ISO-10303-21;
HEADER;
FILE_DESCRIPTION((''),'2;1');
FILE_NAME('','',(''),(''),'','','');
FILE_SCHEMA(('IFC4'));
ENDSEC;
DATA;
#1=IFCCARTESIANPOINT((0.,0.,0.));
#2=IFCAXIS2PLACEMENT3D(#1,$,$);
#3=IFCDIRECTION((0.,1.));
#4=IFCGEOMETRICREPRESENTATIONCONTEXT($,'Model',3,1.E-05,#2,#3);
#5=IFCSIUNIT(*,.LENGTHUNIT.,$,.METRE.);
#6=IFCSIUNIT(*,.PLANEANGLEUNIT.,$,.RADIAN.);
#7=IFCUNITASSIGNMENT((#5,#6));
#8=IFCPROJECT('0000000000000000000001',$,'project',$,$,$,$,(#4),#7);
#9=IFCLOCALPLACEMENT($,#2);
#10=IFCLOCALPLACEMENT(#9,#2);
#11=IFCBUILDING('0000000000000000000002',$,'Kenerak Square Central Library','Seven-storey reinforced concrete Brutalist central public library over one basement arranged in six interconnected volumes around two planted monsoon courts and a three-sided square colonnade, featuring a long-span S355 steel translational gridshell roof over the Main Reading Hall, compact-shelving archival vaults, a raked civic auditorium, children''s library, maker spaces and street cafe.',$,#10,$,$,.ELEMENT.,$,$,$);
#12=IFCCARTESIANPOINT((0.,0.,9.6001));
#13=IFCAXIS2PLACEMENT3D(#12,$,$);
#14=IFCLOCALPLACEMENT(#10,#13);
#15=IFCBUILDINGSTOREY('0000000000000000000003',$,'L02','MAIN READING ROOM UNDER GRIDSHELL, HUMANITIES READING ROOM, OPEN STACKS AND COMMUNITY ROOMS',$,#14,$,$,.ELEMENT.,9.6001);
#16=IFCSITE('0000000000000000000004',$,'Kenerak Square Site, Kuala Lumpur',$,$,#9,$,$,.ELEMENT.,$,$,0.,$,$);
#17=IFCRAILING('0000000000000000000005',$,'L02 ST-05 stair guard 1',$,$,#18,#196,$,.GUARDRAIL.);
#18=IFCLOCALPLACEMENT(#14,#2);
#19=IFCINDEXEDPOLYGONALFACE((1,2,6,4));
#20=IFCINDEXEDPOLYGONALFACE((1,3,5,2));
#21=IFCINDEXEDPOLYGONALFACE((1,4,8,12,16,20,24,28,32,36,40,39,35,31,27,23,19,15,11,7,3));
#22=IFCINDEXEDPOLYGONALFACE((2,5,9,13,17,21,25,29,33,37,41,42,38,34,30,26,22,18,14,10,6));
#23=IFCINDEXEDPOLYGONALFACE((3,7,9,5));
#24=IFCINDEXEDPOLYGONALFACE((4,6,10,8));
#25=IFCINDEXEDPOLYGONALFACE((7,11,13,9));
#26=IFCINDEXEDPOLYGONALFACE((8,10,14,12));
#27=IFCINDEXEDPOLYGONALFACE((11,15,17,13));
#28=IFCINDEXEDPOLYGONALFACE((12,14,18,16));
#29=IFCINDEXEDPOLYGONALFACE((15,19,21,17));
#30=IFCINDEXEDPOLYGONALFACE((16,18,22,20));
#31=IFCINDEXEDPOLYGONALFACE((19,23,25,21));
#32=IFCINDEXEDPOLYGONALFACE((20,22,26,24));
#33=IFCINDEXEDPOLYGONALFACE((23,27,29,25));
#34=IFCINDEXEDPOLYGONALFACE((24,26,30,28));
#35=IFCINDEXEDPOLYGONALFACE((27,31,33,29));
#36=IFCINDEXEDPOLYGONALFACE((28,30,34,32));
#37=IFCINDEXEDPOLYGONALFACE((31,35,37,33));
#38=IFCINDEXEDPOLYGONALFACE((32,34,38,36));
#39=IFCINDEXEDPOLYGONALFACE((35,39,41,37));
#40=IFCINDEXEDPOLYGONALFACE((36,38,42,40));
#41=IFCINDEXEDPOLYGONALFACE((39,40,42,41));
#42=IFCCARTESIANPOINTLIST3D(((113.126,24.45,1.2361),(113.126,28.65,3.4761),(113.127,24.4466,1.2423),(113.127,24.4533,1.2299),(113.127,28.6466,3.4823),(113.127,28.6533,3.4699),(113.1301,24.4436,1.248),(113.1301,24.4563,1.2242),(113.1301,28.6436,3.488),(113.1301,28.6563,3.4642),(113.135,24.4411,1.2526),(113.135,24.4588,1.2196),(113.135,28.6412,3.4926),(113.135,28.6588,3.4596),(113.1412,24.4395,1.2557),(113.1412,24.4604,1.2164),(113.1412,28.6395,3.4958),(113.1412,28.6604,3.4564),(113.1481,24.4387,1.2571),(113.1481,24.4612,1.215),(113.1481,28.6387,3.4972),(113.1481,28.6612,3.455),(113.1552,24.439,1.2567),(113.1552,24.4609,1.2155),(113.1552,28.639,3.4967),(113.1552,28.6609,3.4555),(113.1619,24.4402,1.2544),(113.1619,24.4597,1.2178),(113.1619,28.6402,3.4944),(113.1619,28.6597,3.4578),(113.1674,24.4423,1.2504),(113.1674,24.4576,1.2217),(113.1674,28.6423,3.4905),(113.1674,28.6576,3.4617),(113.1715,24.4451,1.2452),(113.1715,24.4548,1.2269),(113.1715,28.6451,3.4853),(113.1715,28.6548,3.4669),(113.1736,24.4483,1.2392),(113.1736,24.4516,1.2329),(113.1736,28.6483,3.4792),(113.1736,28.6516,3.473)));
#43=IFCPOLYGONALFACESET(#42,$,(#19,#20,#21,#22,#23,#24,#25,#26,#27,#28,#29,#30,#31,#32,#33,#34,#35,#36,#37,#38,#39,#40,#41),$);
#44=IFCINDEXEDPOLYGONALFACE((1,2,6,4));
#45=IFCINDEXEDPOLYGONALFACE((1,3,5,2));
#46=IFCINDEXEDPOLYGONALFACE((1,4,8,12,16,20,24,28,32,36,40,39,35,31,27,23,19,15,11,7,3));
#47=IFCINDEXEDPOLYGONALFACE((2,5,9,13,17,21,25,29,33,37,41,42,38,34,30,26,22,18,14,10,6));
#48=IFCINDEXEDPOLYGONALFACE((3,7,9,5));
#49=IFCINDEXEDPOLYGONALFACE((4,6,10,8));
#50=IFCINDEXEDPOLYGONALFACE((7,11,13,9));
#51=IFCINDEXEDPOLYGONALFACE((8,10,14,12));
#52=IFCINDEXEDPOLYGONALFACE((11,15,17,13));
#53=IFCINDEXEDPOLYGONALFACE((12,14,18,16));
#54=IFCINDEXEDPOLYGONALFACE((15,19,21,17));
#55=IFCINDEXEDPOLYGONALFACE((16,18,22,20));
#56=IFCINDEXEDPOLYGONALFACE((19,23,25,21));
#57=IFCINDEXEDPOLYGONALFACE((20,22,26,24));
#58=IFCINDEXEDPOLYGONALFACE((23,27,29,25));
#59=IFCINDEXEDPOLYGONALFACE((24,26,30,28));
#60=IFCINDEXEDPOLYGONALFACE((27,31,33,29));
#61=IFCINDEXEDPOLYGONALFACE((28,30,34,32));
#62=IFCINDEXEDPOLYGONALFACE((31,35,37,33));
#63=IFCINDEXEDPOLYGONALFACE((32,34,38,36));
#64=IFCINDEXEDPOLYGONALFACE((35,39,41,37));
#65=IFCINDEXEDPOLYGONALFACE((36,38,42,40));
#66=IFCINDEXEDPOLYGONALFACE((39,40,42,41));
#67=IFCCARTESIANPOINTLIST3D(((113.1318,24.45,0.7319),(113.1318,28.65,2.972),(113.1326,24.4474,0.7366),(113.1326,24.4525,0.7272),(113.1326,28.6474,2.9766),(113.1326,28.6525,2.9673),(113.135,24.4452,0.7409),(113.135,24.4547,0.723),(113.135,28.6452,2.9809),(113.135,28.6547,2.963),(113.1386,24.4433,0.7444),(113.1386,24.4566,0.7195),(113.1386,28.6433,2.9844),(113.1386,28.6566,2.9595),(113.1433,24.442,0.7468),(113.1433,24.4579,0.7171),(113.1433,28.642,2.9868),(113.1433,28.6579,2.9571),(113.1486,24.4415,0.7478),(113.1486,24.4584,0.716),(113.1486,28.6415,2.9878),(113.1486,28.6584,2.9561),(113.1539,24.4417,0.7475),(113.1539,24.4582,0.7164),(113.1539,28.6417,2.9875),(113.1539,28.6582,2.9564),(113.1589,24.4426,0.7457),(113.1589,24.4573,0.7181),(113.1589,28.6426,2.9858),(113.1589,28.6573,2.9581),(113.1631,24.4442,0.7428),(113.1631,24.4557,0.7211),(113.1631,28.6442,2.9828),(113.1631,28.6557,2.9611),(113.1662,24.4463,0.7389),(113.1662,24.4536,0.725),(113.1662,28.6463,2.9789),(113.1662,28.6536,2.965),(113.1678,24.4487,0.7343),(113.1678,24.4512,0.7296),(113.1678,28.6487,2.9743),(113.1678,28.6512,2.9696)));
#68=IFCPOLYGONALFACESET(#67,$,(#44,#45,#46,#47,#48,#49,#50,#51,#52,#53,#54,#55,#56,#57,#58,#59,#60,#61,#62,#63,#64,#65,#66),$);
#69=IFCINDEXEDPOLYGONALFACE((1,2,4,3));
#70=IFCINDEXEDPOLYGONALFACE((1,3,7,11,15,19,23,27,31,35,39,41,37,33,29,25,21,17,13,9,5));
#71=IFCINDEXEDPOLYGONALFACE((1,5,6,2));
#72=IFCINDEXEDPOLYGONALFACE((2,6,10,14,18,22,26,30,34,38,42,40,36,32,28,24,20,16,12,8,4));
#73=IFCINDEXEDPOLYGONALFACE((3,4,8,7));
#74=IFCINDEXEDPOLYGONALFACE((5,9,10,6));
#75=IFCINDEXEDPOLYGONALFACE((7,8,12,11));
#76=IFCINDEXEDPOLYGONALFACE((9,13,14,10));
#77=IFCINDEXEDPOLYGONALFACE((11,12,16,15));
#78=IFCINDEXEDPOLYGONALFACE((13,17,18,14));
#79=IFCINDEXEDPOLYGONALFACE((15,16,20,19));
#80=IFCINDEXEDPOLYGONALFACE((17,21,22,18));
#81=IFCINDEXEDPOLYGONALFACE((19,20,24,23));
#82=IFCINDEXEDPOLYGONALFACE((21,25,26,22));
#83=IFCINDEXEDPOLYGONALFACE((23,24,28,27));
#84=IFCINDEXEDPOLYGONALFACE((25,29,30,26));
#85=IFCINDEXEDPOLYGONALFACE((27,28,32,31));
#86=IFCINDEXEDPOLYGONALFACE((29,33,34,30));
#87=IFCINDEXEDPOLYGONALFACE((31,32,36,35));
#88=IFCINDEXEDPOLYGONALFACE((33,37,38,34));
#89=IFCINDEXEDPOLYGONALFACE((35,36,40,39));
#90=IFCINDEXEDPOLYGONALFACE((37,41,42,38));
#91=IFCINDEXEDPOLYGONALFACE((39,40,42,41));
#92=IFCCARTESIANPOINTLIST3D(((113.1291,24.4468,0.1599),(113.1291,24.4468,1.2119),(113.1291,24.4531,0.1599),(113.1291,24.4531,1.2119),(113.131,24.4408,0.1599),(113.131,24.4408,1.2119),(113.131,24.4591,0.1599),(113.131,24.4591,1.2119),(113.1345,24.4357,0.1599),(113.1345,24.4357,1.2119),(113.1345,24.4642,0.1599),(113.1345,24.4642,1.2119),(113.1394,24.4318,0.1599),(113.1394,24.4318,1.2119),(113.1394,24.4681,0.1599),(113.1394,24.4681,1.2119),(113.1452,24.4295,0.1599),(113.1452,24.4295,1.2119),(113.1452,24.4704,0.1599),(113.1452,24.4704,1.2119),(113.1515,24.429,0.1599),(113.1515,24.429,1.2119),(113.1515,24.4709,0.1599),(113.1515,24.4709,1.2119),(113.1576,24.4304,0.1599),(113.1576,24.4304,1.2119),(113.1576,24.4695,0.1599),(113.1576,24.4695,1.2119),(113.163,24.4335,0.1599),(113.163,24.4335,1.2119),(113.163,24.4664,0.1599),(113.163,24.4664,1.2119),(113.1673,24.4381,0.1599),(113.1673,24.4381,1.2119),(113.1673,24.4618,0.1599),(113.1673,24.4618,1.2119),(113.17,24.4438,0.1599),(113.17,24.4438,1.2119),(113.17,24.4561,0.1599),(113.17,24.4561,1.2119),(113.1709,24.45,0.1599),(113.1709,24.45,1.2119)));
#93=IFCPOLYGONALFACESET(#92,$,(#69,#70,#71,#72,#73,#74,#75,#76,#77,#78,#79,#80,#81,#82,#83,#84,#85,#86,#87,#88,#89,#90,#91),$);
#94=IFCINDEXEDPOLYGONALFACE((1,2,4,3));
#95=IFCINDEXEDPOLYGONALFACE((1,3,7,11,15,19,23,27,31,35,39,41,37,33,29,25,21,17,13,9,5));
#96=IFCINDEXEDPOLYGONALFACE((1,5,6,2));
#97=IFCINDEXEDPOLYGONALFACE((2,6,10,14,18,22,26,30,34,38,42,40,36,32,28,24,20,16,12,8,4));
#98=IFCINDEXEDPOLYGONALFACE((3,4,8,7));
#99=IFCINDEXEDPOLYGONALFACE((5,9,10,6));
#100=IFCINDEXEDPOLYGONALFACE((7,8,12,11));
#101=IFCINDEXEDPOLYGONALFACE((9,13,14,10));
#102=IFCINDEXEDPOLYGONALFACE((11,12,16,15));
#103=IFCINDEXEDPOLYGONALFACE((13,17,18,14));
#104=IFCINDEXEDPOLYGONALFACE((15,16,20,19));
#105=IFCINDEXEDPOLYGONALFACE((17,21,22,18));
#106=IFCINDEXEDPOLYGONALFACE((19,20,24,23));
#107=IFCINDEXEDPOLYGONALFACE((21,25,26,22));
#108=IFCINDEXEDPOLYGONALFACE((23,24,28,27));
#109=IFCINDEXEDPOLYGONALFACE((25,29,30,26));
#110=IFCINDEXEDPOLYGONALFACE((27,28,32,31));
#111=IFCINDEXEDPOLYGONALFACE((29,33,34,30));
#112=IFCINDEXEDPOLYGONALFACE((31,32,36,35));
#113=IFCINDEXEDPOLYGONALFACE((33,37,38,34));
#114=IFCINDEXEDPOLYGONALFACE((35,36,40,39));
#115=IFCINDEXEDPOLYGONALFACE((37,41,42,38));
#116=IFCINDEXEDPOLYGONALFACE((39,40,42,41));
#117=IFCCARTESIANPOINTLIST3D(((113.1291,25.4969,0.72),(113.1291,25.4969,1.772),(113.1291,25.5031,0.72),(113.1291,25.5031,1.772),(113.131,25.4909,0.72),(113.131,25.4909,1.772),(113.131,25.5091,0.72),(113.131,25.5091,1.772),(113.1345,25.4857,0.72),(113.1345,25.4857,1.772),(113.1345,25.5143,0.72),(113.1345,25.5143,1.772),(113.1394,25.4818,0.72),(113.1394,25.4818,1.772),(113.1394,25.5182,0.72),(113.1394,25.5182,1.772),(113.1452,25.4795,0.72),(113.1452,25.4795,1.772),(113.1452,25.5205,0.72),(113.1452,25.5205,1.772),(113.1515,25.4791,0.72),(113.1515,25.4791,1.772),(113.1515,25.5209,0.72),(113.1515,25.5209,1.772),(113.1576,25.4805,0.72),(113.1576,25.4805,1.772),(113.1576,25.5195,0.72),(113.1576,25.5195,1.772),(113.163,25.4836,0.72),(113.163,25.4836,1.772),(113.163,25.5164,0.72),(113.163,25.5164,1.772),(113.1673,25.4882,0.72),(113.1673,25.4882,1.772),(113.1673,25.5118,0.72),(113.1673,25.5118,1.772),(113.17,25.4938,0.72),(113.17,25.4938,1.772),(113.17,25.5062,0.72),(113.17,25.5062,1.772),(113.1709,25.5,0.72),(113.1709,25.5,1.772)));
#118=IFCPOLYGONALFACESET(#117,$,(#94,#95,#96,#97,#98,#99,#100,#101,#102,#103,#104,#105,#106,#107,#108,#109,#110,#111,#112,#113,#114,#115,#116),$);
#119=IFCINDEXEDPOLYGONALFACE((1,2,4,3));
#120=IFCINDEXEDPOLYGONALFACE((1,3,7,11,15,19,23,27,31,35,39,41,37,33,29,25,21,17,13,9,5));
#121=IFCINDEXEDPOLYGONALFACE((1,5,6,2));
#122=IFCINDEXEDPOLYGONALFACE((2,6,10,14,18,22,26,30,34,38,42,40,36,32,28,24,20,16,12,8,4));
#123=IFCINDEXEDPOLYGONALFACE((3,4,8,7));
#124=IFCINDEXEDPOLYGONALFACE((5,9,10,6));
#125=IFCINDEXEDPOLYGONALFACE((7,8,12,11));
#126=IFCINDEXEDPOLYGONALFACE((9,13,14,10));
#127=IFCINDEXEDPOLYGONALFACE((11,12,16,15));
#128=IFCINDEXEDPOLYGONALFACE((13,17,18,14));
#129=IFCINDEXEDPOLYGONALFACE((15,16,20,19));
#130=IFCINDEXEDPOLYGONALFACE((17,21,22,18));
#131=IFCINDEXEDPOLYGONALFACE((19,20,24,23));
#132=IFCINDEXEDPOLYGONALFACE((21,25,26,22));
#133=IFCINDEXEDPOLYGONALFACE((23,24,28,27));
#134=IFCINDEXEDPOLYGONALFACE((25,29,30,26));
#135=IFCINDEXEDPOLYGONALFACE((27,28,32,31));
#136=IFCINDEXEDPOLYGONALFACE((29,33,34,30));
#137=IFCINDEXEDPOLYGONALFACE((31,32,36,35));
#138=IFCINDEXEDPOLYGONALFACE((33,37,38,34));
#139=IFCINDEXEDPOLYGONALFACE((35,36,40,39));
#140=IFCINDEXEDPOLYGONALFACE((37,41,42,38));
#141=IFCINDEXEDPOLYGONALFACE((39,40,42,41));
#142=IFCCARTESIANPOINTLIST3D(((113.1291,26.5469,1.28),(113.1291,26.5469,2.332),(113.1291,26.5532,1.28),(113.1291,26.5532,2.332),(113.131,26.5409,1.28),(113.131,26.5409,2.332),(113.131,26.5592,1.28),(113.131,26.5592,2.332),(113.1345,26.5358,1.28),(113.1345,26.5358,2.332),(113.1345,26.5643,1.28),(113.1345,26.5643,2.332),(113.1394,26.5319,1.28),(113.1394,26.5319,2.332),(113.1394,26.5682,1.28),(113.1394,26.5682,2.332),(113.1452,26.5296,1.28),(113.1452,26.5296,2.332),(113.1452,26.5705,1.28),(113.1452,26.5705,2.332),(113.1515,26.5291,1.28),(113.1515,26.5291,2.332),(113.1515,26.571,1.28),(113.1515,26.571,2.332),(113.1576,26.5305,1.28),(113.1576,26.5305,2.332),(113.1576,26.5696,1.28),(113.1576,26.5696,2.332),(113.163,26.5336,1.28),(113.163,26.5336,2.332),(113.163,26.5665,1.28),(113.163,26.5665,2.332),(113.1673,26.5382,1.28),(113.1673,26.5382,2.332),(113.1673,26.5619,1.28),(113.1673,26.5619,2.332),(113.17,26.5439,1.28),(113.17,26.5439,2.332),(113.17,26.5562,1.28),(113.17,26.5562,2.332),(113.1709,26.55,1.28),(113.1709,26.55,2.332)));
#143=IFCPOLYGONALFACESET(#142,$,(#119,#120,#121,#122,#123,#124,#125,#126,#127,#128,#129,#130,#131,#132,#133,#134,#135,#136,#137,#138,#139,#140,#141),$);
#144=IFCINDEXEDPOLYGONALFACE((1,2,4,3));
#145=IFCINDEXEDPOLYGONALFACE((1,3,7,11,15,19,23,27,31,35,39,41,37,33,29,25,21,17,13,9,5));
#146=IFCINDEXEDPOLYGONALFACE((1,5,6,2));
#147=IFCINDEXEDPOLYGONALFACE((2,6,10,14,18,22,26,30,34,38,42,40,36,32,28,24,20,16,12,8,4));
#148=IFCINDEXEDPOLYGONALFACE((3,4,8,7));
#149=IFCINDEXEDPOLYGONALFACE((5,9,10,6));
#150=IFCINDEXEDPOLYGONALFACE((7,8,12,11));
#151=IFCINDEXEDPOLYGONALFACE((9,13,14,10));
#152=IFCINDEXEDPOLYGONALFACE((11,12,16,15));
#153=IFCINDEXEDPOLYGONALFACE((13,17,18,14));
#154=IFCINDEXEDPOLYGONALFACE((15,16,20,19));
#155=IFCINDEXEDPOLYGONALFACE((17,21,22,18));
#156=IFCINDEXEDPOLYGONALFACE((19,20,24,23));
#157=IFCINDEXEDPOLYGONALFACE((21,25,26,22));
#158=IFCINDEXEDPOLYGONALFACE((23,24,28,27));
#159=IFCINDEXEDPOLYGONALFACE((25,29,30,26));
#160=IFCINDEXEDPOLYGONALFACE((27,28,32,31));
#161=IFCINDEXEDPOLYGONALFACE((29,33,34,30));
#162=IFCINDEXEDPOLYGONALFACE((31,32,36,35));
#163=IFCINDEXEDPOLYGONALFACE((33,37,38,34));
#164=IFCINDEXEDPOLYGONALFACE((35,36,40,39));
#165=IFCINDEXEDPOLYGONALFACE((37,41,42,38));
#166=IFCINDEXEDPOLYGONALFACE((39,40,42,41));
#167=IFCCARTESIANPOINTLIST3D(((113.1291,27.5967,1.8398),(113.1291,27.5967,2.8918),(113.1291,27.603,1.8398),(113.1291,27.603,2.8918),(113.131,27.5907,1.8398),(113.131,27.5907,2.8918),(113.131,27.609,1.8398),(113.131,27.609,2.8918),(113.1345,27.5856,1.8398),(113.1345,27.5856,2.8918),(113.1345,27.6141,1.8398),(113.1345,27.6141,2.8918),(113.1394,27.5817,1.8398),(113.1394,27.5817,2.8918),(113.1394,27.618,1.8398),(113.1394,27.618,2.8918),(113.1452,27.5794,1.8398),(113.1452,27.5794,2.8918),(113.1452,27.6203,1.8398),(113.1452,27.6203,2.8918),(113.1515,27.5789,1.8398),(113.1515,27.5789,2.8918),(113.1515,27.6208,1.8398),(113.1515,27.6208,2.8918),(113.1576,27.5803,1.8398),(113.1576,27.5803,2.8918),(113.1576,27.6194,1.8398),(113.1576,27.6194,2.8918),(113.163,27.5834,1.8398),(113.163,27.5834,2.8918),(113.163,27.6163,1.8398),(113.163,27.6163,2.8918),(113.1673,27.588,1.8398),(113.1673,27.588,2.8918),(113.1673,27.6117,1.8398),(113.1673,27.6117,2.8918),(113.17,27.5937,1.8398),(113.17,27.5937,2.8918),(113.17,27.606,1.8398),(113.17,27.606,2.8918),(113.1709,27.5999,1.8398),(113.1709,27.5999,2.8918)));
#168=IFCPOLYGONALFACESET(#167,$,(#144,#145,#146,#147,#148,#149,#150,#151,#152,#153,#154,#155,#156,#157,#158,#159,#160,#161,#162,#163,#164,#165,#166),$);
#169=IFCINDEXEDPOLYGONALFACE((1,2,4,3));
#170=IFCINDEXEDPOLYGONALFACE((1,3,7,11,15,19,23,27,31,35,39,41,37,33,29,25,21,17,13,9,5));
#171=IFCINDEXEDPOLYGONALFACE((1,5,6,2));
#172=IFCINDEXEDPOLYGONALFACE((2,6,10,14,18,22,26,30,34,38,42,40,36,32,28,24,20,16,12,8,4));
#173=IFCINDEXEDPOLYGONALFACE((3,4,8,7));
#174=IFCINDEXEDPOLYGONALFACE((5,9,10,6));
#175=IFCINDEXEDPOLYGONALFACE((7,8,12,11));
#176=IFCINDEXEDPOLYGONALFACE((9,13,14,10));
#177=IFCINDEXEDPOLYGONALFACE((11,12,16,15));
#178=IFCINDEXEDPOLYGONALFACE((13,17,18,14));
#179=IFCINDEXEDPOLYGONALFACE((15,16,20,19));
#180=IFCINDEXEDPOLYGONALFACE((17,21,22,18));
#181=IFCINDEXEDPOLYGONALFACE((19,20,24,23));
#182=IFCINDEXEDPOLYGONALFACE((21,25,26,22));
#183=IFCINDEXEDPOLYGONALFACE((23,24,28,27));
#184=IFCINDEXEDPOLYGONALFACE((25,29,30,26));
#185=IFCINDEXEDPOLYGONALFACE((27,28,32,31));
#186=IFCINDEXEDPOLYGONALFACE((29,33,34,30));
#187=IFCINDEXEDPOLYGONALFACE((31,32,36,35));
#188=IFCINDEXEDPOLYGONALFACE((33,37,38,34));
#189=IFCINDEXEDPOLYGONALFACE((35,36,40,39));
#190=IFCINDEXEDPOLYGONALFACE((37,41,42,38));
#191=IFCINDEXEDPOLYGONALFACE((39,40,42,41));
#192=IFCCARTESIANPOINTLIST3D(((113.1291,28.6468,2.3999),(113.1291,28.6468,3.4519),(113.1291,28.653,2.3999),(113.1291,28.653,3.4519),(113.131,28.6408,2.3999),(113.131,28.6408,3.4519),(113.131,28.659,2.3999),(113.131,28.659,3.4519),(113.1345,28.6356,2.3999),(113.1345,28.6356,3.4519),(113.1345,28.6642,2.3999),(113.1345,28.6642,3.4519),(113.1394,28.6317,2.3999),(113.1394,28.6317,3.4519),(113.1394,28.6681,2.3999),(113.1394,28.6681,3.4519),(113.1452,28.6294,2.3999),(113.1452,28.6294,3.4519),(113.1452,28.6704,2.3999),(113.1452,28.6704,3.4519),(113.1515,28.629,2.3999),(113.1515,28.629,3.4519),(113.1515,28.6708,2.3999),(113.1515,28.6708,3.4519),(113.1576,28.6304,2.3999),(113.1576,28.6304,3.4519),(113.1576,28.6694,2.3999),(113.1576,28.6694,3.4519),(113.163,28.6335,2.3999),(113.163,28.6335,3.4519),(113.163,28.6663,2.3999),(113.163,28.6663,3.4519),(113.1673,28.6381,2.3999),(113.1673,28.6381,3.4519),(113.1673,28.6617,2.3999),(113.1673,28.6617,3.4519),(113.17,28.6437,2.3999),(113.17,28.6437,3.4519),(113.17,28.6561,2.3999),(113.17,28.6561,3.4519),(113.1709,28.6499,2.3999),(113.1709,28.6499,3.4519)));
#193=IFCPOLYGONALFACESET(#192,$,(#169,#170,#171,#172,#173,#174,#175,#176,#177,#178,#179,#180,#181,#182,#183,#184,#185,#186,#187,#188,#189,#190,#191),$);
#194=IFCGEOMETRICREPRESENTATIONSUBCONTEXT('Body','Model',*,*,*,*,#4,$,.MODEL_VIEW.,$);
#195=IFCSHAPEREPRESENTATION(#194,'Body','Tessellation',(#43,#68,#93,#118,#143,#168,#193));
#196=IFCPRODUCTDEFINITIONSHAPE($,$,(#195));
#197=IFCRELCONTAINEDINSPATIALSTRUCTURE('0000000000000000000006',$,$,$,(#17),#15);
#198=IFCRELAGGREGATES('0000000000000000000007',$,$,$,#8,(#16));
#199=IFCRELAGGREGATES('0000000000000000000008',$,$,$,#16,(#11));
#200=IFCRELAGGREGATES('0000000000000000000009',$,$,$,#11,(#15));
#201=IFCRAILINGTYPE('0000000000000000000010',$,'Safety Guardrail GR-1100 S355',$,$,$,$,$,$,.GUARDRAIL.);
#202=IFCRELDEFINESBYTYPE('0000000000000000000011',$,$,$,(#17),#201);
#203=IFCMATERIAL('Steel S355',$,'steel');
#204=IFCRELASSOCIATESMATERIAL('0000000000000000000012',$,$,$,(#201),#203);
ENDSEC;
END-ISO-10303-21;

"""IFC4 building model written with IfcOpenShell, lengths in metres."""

from ifc_helpers import new_model, si_unit, direction, frame, origin, origin_2d, place, context, subcontext, project, spatial, circle, extrude, material, type_object, element, save


model = new_model("IFC4")

# Units and contexts
model_context = context("Model", 3, precision=1e-05, world=origin(), true_north=direction((0.0, 1.0)))
body_context = subcontext(model_context, "Body", "Model", "MODEL_VIEW")
ifc_project = project(units=[si_unit("LENGTHUNIT", "METRE"), si_unit("PLANEANGLEUNIT", "RADIAN")], contexts=[model_context])

# Site, building, storey
site_placement = place(None, origin())
site = spatial("IfcSite", under=ifc_project, at=site_placement, Name="Kenerak Square Site, Kuala Lumpur", CompositionType="ELEMENT", RefElevation=0.0)
building_placement = place(site_placement, origin())
building = spatial("IfcBuilding", under=site, at=building_placement, Name="Kenerak Square Central Library", Description="Seven-storey reinforced concrete Brutalist central public library over one basement arranged in six interconnected volumes around two planted monsoon courts and a three-sided square colonnade, featuring a long-span S355 steel translational gridshell roof over the Main Reading Hall, compact-shelving archival vaults, a raked civic auditorium, children's library, maker spaces and street cafe.", CompositionType="ELEMENT")
storey_placement = place(building_placement, frame((0.0, 0.0, 9.6001)))
storey = spatial("IfcBuildingStorey", under=building, at=storey_placement, Name="L02", Description="MAIN READING ROOM UNDER GRIDSHELL, HUMANITIES READING ROOM, OPEN STACKS AND COMMUNITY ROOMS", CompositionType="ELEMENT", Elevation=9.6001)

# Shared definitions
ifc_material_1 = material(Name="Steel S355", Category="steel")

# Railing
railing_type_1 = type_object("IfcRailingType", Name="Safety Guardrail GR-1100 S355", PredefinedType="GUARDRAIL", material=ifc_material_1)
railing_1_placement = place(storey_placement, frame((113.1499, 24.45, 0.1599)))
element("IfcRailing", 1, at=railing_1_placement, inside=storey, type_object=railing_type_1, Name="L02 ST-05 stair guard 1", PredefinedType="GUARDRAIL", context=body_context, shape_type="SweptSolid", body=[
    extrude(circle(Radius=0.0239, at=origin_2d()), frame((0.0, 0.0, 1.0762), z_axis=(0.0, 0.882352, 0.470591), x_axis=(-1.0, 0.0, 0.0)), (0.0, 0.0, 1.0), 4.76),
    extrude(circle(Radius=0.0181, at=origin_2d()), frame((0.0, 0.0, 0.572), z_axis=(0.0, 0.882352, 0.470591), x_axis=(-1.0, 0.0, 0.0)), (0.0, 0.0, 1.0), 4.76),
    extrude(circle(Radius=0.021, at=origin_2d()), origin(), (0.0, 0.0, 1.0), 1.052),
    extrude(circle(Radius=0.021, at=origin_2d()), frame((0.0, 1.05, 0.5601)), (0.0, 0.0, 1.0), 1.052),
    extrude(circle(Radius=0.021, at=origin_2d()), frame((0.0, 2.1001, 1.1201)), (0.0, 0.0, 1.0), 1.052),
    extrude(circle(Radius=0.021, at=origin_2d()), frame((0.0, 3.1499, 1.6799)), (0.0, 0.0, 1.0), 1.052),
    extrude(circle(Radius=0.021, at=origin_2d()), frame((0.0, 4.2, 2.24)), (0.0, 0.0, 1.0), 1.052),
])

save(model, "model.ifc")
